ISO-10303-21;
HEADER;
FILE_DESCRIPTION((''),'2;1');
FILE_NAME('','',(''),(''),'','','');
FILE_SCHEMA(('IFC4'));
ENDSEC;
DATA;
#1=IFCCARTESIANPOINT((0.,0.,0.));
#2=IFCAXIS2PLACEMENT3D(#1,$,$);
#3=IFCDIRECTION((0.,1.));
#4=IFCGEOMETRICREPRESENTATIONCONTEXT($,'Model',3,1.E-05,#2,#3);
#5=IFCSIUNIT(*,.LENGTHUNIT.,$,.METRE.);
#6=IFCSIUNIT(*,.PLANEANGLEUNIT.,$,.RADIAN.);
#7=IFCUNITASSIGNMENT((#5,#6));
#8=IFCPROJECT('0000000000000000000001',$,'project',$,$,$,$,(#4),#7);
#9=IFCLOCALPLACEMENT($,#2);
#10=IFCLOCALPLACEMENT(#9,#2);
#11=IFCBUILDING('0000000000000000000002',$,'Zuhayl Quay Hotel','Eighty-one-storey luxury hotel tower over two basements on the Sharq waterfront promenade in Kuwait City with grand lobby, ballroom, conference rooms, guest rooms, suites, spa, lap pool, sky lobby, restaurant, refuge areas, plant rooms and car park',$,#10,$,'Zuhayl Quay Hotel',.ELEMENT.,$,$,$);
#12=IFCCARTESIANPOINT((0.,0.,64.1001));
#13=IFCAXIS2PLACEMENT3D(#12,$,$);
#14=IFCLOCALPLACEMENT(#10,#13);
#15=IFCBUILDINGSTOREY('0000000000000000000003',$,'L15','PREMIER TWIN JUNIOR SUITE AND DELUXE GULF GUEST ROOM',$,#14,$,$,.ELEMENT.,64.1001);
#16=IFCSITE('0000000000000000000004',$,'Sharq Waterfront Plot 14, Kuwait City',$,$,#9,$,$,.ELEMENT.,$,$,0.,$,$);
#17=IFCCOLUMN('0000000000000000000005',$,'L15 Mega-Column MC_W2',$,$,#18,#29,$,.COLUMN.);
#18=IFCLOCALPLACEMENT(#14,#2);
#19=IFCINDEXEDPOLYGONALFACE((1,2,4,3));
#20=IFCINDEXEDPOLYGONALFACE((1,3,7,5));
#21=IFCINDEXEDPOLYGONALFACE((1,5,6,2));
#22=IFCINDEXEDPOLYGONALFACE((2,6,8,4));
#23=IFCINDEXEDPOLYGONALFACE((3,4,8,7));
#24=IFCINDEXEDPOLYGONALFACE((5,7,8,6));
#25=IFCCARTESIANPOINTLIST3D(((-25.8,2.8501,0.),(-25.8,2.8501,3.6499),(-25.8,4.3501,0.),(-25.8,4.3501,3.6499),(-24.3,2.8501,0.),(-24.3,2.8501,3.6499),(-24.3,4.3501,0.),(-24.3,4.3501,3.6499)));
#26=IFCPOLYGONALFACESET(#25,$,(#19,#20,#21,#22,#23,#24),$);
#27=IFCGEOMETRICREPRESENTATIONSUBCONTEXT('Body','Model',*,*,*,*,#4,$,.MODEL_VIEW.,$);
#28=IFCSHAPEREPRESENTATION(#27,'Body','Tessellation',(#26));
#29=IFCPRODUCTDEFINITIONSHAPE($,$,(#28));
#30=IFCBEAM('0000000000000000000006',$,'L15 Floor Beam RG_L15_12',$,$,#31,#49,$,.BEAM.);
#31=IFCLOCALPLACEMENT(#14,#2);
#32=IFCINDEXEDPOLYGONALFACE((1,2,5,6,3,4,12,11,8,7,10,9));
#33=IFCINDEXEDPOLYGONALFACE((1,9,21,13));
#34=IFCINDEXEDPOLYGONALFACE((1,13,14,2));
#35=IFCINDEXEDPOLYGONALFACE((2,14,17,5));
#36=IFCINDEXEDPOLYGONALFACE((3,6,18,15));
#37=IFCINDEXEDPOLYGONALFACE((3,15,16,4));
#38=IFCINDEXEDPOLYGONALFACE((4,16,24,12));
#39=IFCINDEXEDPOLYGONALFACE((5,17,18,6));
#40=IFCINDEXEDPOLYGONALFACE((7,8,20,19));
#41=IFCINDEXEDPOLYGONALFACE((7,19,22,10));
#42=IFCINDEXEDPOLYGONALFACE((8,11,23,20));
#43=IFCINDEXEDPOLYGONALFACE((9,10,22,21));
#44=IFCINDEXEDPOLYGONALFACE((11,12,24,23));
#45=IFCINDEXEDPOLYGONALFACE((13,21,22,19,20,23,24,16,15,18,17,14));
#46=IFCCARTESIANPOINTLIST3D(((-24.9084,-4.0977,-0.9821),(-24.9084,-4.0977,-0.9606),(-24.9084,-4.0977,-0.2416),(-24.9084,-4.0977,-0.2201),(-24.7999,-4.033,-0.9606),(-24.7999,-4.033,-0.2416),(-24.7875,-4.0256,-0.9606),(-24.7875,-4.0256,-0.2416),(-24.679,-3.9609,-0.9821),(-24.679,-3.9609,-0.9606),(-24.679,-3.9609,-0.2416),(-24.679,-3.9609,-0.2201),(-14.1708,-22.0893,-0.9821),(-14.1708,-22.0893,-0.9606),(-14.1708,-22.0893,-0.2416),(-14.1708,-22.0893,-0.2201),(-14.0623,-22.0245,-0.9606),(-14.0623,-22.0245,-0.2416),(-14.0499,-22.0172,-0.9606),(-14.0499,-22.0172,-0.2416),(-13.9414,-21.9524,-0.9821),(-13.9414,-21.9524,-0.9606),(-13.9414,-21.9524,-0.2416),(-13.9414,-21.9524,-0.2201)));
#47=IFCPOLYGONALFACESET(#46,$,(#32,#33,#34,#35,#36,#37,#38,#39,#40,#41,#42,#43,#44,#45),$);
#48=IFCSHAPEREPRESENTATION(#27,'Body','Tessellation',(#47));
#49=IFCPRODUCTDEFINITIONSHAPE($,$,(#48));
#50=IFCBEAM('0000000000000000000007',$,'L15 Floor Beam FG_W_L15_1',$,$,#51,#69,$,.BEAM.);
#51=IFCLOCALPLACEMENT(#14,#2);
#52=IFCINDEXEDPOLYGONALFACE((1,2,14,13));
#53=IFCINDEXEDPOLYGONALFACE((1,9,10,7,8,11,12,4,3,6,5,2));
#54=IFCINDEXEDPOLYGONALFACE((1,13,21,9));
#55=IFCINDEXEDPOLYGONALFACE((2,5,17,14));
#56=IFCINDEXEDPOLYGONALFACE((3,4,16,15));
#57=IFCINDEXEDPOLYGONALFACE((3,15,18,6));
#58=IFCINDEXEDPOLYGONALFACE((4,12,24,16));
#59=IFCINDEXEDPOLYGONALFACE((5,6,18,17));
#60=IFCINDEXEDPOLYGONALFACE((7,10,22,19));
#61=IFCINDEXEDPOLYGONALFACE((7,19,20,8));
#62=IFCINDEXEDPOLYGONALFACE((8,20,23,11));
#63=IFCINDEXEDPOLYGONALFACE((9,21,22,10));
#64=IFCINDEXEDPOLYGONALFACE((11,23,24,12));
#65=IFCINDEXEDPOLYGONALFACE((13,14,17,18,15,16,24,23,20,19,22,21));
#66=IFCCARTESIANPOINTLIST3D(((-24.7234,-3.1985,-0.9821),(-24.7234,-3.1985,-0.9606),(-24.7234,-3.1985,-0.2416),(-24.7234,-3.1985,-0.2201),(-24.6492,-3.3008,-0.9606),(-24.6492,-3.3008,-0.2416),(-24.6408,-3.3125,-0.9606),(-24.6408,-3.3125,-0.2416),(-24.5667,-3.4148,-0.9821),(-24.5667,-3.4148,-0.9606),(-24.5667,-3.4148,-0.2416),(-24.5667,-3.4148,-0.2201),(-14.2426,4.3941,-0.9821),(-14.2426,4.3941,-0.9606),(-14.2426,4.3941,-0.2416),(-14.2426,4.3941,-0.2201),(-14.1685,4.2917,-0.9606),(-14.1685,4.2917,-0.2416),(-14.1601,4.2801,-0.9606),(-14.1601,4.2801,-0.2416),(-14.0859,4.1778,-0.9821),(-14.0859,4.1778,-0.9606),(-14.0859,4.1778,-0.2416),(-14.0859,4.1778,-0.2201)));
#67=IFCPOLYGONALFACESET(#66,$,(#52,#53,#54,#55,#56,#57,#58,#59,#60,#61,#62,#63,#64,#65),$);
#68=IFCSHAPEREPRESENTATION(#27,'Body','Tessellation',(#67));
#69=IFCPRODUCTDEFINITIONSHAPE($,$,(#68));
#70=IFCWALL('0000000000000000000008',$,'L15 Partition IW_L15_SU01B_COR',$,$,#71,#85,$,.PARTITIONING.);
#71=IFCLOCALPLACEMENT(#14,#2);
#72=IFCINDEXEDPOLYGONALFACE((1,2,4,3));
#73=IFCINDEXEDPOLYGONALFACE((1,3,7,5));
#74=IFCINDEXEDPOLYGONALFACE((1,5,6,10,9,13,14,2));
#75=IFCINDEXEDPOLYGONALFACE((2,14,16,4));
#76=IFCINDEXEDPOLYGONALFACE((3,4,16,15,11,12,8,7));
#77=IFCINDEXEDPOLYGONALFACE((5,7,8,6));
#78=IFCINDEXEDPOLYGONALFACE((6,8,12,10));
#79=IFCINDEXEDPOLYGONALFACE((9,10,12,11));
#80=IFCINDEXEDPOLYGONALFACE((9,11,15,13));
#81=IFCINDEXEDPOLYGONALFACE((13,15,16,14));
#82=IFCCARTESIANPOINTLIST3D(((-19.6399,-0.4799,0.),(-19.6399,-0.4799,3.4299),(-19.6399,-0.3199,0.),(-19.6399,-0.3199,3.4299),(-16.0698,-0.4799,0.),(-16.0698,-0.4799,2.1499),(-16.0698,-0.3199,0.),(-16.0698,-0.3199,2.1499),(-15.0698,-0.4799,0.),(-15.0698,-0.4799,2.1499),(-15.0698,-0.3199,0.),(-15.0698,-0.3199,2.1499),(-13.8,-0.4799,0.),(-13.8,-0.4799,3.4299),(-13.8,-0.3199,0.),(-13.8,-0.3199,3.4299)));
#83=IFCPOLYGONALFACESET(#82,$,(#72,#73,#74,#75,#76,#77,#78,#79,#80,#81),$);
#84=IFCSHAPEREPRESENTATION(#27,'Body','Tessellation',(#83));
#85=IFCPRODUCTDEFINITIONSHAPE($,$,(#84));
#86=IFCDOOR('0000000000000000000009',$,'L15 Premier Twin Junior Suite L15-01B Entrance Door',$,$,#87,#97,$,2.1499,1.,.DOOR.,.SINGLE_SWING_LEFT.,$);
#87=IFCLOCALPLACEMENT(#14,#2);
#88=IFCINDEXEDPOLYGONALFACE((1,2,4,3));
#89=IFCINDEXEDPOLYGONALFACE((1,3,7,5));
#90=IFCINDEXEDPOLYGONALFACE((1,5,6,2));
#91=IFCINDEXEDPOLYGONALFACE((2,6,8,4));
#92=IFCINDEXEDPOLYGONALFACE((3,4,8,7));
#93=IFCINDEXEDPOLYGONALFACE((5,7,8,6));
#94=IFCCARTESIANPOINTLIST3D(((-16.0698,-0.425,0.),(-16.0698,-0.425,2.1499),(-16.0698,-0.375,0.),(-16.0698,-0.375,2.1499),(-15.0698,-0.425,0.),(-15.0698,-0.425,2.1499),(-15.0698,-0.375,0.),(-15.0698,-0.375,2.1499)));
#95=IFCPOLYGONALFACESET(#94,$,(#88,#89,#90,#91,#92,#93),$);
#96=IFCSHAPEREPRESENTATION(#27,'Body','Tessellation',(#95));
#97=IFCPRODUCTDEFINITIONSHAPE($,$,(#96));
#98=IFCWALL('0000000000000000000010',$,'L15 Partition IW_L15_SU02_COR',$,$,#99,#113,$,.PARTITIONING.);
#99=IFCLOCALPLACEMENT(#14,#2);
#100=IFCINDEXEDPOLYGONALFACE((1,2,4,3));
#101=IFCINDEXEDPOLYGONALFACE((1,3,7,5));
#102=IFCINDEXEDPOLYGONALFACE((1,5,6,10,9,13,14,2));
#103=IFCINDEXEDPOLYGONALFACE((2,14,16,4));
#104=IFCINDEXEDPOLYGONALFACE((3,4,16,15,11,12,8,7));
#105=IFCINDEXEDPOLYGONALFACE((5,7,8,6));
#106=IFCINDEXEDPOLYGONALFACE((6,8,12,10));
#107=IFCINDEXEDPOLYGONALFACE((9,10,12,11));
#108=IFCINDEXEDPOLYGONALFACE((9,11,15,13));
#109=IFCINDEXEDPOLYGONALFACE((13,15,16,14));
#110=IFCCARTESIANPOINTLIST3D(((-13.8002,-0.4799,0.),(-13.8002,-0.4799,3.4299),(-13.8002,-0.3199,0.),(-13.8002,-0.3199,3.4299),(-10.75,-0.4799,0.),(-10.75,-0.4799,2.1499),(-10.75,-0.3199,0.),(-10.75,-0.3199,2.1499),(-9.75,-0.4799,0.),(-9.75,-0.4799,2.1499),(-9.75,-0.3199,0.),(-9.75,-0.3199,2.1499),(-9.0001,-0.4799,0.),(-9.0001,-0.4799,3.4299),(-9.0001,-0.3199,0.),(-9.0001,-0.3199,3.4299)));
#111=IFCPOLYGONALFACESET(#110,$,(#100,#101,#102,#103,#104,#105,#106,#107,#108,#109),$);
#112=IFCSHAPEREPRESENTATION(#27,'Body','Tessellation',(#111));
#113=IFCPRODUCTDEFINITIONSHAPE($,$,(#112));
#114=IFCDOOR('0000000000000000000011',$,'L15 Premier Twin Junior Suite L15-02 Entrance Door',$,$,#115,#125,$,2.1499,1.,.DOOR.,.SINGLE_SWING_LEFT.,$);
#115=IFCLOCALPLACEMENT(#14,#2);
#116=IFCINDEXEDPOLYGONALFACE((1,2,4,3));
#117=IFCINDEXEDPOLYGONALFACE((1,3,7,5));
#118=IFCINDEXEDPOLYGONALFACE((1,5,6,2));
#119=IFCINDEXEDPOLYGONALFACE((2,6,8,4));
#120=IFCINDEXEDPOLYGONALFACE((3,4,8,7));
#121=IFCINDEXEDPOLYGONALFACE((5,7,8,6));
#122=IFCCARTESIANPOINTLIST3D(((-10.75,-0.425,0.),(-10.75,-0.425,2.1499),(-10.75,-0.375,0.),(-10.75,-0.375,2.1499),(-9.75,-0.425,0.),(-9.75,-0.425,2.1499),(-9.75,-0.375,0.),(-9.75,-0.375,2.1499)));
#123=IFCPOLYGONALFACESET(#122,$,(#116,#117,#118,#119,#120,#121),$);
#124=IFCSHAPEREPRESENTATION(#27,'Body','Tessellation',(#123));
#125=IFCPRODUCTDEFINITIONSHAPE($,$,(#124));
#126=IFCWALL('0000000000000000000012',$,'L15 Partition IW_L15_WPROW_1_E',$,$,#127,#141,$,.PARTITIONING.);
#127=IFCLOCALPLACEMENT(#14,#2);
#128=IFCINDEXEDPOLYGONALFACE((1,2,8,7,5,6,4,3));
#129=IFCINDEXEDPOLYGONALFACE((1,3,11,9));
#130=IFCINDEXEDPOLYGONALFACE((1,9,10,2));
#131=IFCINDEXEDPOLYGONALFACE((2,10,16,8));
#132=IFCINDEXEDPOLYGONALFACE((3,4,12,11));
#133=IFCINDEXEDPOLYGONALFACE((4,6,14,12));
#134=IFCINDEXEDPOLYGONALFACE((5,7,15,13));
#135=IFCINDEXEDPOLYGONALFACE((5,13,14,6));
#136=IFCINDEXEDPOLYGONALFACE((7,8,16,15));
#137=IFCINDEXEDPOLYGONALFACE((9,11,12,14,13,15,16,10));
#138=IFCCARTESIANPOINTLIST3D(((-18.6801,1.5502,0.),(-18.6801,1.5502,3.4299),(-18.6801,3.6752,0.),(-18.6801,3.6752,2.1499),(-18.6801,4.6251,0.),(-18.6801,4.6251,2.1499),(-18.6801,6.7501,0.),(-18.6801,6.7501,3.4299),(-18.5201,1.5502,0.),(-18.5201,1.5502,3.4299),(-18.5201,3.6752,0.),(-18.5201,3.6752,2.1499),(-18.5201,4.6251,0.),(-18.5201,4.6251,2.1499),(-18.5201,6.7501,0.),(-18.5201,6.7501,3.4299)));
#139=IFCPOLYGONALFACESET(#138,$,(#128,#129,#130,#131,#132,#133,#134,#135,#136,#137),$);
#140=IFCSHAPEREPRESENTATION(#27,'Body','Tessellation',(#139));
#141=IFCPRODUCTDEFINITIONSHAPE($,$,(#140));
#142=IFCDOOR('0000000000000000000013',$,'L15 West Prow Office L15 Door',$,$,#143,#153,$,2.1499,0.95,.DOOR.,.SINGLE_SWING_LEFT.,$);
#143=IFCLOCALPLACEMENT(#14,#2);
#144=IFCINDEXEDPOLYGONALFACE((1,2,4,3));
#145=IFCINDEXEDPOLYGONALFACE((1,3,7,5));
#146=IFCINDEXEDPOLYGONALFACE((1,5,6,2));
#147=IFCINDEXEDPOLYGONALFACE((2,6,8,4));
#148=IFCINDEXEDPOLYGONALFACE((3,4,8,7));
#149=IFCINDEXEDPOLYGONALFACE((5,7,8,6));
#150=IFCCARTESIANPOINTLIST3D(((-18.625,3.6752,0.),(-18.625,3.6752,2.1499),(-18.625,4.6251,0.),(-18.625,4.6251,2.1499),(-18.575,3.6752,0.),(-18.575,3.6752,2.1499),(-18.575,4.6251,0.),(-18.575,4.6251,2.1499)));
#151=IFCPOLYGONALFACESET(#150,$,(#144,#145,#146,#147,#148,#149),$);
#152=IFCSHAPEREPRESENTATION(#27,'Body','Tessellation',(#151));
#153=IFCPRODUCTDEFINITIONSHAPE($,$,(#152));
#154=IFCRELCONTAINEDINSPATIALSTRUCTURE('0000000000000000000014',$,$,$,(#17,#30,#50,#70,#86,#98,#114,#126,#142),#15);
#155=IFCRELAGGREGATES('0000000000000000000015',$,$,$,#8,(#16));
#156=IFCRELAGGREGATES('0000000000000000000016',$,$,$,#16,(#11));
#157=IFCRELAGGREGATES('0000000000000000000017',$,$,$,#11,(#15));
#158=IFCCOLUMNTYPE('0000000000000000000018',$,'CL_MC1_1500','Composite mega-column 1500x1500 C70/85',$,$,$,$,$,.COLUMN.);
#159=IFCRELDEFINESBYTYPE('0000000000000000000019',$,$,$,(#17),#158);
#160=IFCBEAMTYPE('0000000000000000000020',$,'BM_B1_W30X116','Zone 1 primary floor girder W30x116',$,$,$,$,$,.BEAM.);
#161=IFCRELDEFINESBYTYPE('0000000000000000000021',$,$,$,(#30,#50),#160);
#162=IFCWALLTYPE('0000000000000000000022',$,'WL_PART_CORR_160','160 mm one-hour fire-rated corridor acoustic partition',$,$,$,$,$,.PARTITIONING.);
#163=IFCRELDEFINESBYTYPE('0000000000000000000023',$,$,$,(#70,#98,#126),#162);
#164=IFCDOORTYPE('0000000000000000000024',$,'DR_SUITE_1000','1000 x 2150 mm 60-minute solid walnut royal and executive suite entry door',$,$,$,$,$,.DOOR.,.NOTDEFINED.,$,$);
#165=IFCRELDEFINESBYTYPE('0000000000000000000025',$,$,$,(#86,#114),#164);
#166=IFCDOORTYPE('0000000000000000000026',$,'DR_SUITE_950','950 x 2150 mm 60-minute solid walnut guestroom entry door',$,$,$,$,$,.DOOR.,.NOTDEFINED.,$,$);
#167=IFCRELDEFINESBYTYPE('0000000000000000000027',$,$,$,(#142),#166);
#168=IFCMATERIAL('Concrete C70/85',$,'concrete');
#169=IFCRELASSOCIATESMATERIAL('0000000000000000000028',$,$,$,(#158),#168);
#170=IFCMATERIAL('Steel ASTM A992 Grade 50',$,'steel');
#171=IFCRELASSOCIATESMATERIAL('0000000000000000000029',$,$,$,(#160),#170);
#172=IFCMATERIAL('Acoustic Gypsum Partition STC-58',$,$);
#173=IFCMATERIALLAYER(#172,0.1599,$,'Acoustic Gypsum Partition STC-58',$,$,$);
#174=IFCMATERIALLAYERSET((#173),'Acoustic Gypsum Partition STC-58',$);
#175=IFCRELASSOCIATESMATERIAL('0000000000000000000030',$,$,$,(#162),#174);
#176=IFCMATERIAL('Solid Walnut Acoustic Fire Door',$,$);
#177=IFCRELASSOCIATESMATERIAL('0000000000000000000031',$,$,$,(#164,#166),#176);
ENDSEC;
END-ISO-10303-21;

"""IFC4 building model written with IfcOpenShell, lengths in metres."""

from ifc_helpers import new_model, si_unit, direction, frame, frame_2d, origin, origin_2d, place, context, subcontext, project, spatial, rectangle, i_section, extrude, material, layer, layer_set, material_profile, profile_set, type_object, element, fill, save


model = new_model("IFC4")

# Units and contexts
model_context = context("Model", 3, precision=1e-05, world=origin(), true_north=direction((0.0, 1.0)))
body_context = subcontext(model_context, "Body", "Model", "MODEL_VIEW")
ifc_project = project(units=[si_unit("LENGTHUNIT", "METRE"), si_unit("PLANEANGLEUNIT", "RADIAN")], contexts=[model_context])

# Site, building, storey
site_placement = place(None, origin())
site = spatial("IfcSite", under=ifc_project, at=site_placement, Name="Sharq Waterfront Plot 14, Kuwait City", CompositionType="ELEMENT", RefElevation=0.0)
building_placement = place(site_placement, origin())
building = spatial("IfcBuilding", under=site, at=building_placement, Name="Zuhayl Quay Hotel", Description="Eighty-one-storey luxury hotel tower over two basements on the Sharq waterfront promenade in Kuwait City with grand lobby, ballroom, conference rooms, guest rooms, suites, spa, lap pool, sky lobby, restaurant, refuge areas, plant rooms and car park", LongName="Zuhayl Quay Hotel", CompositionType="ELEMENT")
storey_placement = place(building_placement, frame((0.0, 0.0, 64.1001)))
storey = spatial("IfcBuildingStorey", under=building, at=storey_placement, Name="L15", Description="PREMIER TWIN JUNIOR SUITE AND DELUXE GULF GUEST ROOM", CompositionType="ELEMENT", Elevation=64.1001)

# Column
ifc_material_1 = material(Name="Concrete C70/85", Category="concrete")
ifc_material_profile_1 = material_profile(ifc_material_1, rectangle(XDim=1.5, YDim=1.5, at=origin_2d()), Name="RC1500X1500")
ifc_profile_set_1 = profile_set([ifc_material_profile_1], Name="Concrete C70/85")
column_type = type_object("IfcColumnType", Name="CL_MC1_1500", Description="Composite mega-column 1500x1500 C70/85", PredefinedType="COLUMN", material=ifc_profile_set_1)
column_placement = place(storey_placement, frame((-25.05, 3.6001, 0.0), z_axis=(0.0, 0.0, 1.0), x_axis=(1.0, 0.0, 0.0)))
element("IfcColumn", 1, at=column_placement, inside=storey, type_object=column_type, Name="L15 Mega-Column MC_W2", PredefinedType="COLUMN", context=body_context, shape_type="SweptSolid", body=[
    extrude(rectangle(XDim=1.5, YDim=1.5, at=origin_2d()), origin(), (0.0, 0.0, 1.0), 3.6499),
])

# Beams
ifc_material_2 = material(Name="Steel ASTM A992 Grade 50", Category="steel")
ifc_material_profile_2 = material_profile(ifc_material_2, i_section(OverallWidth=0.2671, OverallDepth=0.762, WebThickness=0.0144, FlangeThickness=0.0215, at=origin_2d()), Name="W30X116")
ifc_profile_set_2 = profile_set([ifc_material_profile_2], Name="Steel ASTM A992 Grade 50")
beam_type = type_object("IfcBeamType", Name="BM_B1_W30X116", Description="Zone 1 primary floor girder W30x116", PredefinedType="BEAM", material=ifc_profile_set_2)
beam_1_placement = place(storey_placement, frame((-24.7937, -4.0293, -0.6011), z_axis=(0.512483, -0.858698, 0.0), x_axis=(0.858698, 0.512483, 0.0)))
element("IfcBeam", 2, at=beam_1_placement, inside=storey, type_object=beam_type, Name="L15 Floor Beam RG_L15_12", PredefinedType="BEAM", context=body_context, shape_type="SweptSolid", body=[
    extrude(i_section(OverallWidth=0.2671, OverallDepth=0.762, WebThickness=0.0144, FlangeThickness=0.0215, at=origin_2d()), origin(), (0.0, 0.0, 1.0), 20.9521),
])
beam_2_placement = place(storey_placement, frame((-24.645, -3.3066, -0.6011), z_axis=(0.80983, 0.586664, 0.0), x_axis=(-0.586664, 0.80983, 0.0)))
element("IfcBeam", 3, at=beam_2_placement, inside=storey, type_object=beam_type, Name="L15 Floor Beam FG_W_L15_1", PredefinedType="BEAM", context=body_context, shape_type="SweptSolid", body=[
    extrude(i_section(OverallWidth=0.2671, OverallDepth=0.762, WebThickness=0.0144, FlangeThickness=0.0215, at=origin_2d()), origin(), (0.0, 0.0, 1.0), 12.9419),
])

# Walls, openings, doors
ifc_material_3 = material(Name="Acoustic Gypsum Partition STC-58")
ifc_layer_1 = layer(ifc_material_3, 0.1599, Name="Acoustic Gypsum Partition STC-58")
ifc_layer_set_1 = layer_set([ifc_layer_1], Name="Acoustic Gypsum Partition STC-58")
wall_type_1 = type_object("IfcWallType", Name="WL_PART_CORR_160", Description="160 mm one-hour fire-rated corridor acoustic partition", PredefinedType="PARTITIONING", material=ifc_layer_set_1)
wall_1_placement = place(storey_placement, frame((-19.6399, -0.3999, 0.0), z_axis=(0.0, 0.0, 1.0), x_axis=(1.0, 0.0, 0.0)))
wall_1 = element("IfcWall", 4, at=wall_1_placement, inside=storey, type_object=wall_type_1, Name="L15 Partition IW_L15_SU01B_COR", PredefinedType="PARTITIONING", context=body_context, shape_type="SweptSolid", body=[
    extrude(rectangle(XDim=5.8398, YDim=0.1599, at=frame_2d((2.9199, 0.0))), origin(), (0.0, 0.0, 1.0), 3.4299),
])
opening_1_placement = place(wall_1_placement, frame((3.5701, 0.0, 0.0)))
opening_1 = element("IfcOpeningElement", 5, at=opening_1_placement, cuts=wall_1, PredefinedType="OPENING", context=body_context, shape_type="SweptSolid", body=[
    extrude(rectangle(XDim=1.0, YDim=2.1499, at=frame_2d((0.5, 1.075))), frame((0.0, 0.0898, 0.0), z_axis=(0.0, -1.0, 0.0), x_axis=(1.0, 0.0, 0.0)), (0.0, 0.0, 1.0), 0.1799),
])
ifc_material_4 = material(Name="Solid Walnut Acoustic Fire Door")
door_type_1 = type_object("IfcDoorType", Name="DR_SUITE_1000", Description="1000 x 2150 mm 60-minute solid walnut royal and executive suite entry door", OperationType="NOTDEFINED", PredefinedType="DOOR", material=ifc_material_4)
door_1_placement = place(opening_1_placement, origin())
door_1 = element("IfcDoor", 6, at=door_1_placement, inside=storey, type_object=door_type_1, Name="L15 Premier Twin Junior Suite L15-01B Entrance Door", OperationType="SINGLE_SWING_LEFT", OverallHeight=2.1499, OverallWidth=1.0, PredefinedType="DOOR", context=body_context, shape_type="SweptSolid", body=[
    extrude(rectangle(XDim=1.0, YDim=2.1499, at=frame_2d((0.5, 1.075))), frame((0.0, 0.0249, 0.0), z_axis=(0.0, -1.0, 0.0), x_axis=(1.0, 0.0, 0.0)), (0.0, 0.0, 1.0), 0.05),
])
fill(opening_1, door_1)
wall_2_placement = place(storey_placement, frame((-13.8, -0.3999, 0.0), z_axis=(0.0, 0.0, 1.0), x_axis=(1.0, 0.0, 0.0)))
wall_2 = element("IfcWall", 7, at=wall_2_placement, inside=storey, type_object=wall_type_1, Name="L15 Partition IW_L15_SU02_COR", PredefinedType="PARTITIONING", context=body_context, shape_type="SweptSolid", body=[
    extrude(rectangle(XDim=4.8, YDim=0.1599, at=frame_2d((2.3999, 0.0))), origin(), (0.0, 0.0, 1.0), 3.4299),
])
opening_2_placement = place(wall_2_placement, frame((3.05, 0.0, 0.0)))
opening_2 = element("IfcOpeningElement", 8, at=opening_2_placement, cuts=wall_2, PredefinedType="OPENING", context=body_context, shape_type="SweptSolid", body=[
    extrude(rectangle(XDim=1.0, YDim=2.1499, at=frame_2d((0.5, 1.075))), frame((0.0, 0.0898, 0.0), z_axis=(0.0, -1.0, 0.0), x_axis=(1.0, 0.0, 0.0)), (0.0, 0.0, 1.0), 0.1799),
])
door_2_placement = place(opening_2_placement, origin())
door_2 = element("IfcDoor", 9, at=door_2_placement, inside=storey, type_object=door_type_1, Name="L15 Premier Twin Junior Suite L15-02 Entrance Door", OperationType="SINGLE_SWING_LEFT", OverallHeight=2.1499, OverallWidth=1.0, PredefinedType="DOOR", context=body_context, shape_type="SweptSolid", body=[
    extrude(rectangle(XDim=1.0, YDim=2.1499, at=frame_2d((0.5, 1.075))), frame((0.0, 0.0249, 0.0), z_axis=(0.0, -1.0, 0.0), x_axis=(1.0, 0.0, 0.0)), (0.0, 0.0, 1.0), 0.05),
])
fill(opening_2, door_2)
wall_3_placement = place(storey_placement, frame((-18.6001, 1.55, 0.0), z_axis=(0.0, 0.0, 1.0), x_axis=(0.0, 1.0, 0.0)))
wall_3 = element("IfcWall", 10, at=wall_3_placement, inside=storey, type_object=wall_type_1, Name="L15 Partition IW_L15_WPROW_1_E", PredefinedType="PARTITIONING", context=body_context, shape_type="SweptSolid", body=[
    extrude(rectangle(XDim=5.2, YDim=0.1599, at=frame_2d((2.6001, 0.0))), origin(), (0.0, 0.0, 1.0), 3.4299),
])
opening_3_placement = place(wall_3_placement, frame((2.125, 0.0, 0.0)))
opening_3 = element("IfcOpeningElement", 11, at=opening_3_placement, cuts=wall_3, PredefinedType="OPENING", context=body_context, shape_type="SweptSolid", body=[
    extrude(rectangle(XDim=0.95, YDim=2.1499, at=frame_2d((0.4751, 1.075))), frame((0.0, 0.0898, 0.0), z_axis=(0.0, -1.0, 0.0), x_axis=(1.0, 0.0, 0.0)), (0.0, 0.0, 1.0), 0.1799),
])
door_type_2 = type_object("IfcDoorType", Name="DR_SUITE_950", Description="950 x 2150 mm 60-minute solid walnut guestroom entry door", OperationType="NOTDEFINED", PredefinedType="DOOR", material=ifc_material_4)
door_3_placement = place(opening_3_placement, origin())
door_3 = element("IfcDoor", 12, at=door_3_placement, inside=storey, type_object=door_type_2, Name="L15 West Prow Office L15 Door", OperationType="SINGLE_SWING_LEFT", OverallHeight=2.1499, OverallWidth=0.95, PredefinedType="DOOR", context=body_context, shape_type="SweptSolid", body=[
    extrude(rectangle(XDim=0.95, YDim=2.1499, at=frame_2d((0.4751, 1.075))), frame((0.0, 0.0249, 0.0), z_axis=(0.0, -1.0, 0.0), x_axis=(1.0, 0.0, 0.0)), (0.0, 0.0, 1.0), 0.05),
])
fill(opening_3, door_3)

save(model, "model.ifc")
